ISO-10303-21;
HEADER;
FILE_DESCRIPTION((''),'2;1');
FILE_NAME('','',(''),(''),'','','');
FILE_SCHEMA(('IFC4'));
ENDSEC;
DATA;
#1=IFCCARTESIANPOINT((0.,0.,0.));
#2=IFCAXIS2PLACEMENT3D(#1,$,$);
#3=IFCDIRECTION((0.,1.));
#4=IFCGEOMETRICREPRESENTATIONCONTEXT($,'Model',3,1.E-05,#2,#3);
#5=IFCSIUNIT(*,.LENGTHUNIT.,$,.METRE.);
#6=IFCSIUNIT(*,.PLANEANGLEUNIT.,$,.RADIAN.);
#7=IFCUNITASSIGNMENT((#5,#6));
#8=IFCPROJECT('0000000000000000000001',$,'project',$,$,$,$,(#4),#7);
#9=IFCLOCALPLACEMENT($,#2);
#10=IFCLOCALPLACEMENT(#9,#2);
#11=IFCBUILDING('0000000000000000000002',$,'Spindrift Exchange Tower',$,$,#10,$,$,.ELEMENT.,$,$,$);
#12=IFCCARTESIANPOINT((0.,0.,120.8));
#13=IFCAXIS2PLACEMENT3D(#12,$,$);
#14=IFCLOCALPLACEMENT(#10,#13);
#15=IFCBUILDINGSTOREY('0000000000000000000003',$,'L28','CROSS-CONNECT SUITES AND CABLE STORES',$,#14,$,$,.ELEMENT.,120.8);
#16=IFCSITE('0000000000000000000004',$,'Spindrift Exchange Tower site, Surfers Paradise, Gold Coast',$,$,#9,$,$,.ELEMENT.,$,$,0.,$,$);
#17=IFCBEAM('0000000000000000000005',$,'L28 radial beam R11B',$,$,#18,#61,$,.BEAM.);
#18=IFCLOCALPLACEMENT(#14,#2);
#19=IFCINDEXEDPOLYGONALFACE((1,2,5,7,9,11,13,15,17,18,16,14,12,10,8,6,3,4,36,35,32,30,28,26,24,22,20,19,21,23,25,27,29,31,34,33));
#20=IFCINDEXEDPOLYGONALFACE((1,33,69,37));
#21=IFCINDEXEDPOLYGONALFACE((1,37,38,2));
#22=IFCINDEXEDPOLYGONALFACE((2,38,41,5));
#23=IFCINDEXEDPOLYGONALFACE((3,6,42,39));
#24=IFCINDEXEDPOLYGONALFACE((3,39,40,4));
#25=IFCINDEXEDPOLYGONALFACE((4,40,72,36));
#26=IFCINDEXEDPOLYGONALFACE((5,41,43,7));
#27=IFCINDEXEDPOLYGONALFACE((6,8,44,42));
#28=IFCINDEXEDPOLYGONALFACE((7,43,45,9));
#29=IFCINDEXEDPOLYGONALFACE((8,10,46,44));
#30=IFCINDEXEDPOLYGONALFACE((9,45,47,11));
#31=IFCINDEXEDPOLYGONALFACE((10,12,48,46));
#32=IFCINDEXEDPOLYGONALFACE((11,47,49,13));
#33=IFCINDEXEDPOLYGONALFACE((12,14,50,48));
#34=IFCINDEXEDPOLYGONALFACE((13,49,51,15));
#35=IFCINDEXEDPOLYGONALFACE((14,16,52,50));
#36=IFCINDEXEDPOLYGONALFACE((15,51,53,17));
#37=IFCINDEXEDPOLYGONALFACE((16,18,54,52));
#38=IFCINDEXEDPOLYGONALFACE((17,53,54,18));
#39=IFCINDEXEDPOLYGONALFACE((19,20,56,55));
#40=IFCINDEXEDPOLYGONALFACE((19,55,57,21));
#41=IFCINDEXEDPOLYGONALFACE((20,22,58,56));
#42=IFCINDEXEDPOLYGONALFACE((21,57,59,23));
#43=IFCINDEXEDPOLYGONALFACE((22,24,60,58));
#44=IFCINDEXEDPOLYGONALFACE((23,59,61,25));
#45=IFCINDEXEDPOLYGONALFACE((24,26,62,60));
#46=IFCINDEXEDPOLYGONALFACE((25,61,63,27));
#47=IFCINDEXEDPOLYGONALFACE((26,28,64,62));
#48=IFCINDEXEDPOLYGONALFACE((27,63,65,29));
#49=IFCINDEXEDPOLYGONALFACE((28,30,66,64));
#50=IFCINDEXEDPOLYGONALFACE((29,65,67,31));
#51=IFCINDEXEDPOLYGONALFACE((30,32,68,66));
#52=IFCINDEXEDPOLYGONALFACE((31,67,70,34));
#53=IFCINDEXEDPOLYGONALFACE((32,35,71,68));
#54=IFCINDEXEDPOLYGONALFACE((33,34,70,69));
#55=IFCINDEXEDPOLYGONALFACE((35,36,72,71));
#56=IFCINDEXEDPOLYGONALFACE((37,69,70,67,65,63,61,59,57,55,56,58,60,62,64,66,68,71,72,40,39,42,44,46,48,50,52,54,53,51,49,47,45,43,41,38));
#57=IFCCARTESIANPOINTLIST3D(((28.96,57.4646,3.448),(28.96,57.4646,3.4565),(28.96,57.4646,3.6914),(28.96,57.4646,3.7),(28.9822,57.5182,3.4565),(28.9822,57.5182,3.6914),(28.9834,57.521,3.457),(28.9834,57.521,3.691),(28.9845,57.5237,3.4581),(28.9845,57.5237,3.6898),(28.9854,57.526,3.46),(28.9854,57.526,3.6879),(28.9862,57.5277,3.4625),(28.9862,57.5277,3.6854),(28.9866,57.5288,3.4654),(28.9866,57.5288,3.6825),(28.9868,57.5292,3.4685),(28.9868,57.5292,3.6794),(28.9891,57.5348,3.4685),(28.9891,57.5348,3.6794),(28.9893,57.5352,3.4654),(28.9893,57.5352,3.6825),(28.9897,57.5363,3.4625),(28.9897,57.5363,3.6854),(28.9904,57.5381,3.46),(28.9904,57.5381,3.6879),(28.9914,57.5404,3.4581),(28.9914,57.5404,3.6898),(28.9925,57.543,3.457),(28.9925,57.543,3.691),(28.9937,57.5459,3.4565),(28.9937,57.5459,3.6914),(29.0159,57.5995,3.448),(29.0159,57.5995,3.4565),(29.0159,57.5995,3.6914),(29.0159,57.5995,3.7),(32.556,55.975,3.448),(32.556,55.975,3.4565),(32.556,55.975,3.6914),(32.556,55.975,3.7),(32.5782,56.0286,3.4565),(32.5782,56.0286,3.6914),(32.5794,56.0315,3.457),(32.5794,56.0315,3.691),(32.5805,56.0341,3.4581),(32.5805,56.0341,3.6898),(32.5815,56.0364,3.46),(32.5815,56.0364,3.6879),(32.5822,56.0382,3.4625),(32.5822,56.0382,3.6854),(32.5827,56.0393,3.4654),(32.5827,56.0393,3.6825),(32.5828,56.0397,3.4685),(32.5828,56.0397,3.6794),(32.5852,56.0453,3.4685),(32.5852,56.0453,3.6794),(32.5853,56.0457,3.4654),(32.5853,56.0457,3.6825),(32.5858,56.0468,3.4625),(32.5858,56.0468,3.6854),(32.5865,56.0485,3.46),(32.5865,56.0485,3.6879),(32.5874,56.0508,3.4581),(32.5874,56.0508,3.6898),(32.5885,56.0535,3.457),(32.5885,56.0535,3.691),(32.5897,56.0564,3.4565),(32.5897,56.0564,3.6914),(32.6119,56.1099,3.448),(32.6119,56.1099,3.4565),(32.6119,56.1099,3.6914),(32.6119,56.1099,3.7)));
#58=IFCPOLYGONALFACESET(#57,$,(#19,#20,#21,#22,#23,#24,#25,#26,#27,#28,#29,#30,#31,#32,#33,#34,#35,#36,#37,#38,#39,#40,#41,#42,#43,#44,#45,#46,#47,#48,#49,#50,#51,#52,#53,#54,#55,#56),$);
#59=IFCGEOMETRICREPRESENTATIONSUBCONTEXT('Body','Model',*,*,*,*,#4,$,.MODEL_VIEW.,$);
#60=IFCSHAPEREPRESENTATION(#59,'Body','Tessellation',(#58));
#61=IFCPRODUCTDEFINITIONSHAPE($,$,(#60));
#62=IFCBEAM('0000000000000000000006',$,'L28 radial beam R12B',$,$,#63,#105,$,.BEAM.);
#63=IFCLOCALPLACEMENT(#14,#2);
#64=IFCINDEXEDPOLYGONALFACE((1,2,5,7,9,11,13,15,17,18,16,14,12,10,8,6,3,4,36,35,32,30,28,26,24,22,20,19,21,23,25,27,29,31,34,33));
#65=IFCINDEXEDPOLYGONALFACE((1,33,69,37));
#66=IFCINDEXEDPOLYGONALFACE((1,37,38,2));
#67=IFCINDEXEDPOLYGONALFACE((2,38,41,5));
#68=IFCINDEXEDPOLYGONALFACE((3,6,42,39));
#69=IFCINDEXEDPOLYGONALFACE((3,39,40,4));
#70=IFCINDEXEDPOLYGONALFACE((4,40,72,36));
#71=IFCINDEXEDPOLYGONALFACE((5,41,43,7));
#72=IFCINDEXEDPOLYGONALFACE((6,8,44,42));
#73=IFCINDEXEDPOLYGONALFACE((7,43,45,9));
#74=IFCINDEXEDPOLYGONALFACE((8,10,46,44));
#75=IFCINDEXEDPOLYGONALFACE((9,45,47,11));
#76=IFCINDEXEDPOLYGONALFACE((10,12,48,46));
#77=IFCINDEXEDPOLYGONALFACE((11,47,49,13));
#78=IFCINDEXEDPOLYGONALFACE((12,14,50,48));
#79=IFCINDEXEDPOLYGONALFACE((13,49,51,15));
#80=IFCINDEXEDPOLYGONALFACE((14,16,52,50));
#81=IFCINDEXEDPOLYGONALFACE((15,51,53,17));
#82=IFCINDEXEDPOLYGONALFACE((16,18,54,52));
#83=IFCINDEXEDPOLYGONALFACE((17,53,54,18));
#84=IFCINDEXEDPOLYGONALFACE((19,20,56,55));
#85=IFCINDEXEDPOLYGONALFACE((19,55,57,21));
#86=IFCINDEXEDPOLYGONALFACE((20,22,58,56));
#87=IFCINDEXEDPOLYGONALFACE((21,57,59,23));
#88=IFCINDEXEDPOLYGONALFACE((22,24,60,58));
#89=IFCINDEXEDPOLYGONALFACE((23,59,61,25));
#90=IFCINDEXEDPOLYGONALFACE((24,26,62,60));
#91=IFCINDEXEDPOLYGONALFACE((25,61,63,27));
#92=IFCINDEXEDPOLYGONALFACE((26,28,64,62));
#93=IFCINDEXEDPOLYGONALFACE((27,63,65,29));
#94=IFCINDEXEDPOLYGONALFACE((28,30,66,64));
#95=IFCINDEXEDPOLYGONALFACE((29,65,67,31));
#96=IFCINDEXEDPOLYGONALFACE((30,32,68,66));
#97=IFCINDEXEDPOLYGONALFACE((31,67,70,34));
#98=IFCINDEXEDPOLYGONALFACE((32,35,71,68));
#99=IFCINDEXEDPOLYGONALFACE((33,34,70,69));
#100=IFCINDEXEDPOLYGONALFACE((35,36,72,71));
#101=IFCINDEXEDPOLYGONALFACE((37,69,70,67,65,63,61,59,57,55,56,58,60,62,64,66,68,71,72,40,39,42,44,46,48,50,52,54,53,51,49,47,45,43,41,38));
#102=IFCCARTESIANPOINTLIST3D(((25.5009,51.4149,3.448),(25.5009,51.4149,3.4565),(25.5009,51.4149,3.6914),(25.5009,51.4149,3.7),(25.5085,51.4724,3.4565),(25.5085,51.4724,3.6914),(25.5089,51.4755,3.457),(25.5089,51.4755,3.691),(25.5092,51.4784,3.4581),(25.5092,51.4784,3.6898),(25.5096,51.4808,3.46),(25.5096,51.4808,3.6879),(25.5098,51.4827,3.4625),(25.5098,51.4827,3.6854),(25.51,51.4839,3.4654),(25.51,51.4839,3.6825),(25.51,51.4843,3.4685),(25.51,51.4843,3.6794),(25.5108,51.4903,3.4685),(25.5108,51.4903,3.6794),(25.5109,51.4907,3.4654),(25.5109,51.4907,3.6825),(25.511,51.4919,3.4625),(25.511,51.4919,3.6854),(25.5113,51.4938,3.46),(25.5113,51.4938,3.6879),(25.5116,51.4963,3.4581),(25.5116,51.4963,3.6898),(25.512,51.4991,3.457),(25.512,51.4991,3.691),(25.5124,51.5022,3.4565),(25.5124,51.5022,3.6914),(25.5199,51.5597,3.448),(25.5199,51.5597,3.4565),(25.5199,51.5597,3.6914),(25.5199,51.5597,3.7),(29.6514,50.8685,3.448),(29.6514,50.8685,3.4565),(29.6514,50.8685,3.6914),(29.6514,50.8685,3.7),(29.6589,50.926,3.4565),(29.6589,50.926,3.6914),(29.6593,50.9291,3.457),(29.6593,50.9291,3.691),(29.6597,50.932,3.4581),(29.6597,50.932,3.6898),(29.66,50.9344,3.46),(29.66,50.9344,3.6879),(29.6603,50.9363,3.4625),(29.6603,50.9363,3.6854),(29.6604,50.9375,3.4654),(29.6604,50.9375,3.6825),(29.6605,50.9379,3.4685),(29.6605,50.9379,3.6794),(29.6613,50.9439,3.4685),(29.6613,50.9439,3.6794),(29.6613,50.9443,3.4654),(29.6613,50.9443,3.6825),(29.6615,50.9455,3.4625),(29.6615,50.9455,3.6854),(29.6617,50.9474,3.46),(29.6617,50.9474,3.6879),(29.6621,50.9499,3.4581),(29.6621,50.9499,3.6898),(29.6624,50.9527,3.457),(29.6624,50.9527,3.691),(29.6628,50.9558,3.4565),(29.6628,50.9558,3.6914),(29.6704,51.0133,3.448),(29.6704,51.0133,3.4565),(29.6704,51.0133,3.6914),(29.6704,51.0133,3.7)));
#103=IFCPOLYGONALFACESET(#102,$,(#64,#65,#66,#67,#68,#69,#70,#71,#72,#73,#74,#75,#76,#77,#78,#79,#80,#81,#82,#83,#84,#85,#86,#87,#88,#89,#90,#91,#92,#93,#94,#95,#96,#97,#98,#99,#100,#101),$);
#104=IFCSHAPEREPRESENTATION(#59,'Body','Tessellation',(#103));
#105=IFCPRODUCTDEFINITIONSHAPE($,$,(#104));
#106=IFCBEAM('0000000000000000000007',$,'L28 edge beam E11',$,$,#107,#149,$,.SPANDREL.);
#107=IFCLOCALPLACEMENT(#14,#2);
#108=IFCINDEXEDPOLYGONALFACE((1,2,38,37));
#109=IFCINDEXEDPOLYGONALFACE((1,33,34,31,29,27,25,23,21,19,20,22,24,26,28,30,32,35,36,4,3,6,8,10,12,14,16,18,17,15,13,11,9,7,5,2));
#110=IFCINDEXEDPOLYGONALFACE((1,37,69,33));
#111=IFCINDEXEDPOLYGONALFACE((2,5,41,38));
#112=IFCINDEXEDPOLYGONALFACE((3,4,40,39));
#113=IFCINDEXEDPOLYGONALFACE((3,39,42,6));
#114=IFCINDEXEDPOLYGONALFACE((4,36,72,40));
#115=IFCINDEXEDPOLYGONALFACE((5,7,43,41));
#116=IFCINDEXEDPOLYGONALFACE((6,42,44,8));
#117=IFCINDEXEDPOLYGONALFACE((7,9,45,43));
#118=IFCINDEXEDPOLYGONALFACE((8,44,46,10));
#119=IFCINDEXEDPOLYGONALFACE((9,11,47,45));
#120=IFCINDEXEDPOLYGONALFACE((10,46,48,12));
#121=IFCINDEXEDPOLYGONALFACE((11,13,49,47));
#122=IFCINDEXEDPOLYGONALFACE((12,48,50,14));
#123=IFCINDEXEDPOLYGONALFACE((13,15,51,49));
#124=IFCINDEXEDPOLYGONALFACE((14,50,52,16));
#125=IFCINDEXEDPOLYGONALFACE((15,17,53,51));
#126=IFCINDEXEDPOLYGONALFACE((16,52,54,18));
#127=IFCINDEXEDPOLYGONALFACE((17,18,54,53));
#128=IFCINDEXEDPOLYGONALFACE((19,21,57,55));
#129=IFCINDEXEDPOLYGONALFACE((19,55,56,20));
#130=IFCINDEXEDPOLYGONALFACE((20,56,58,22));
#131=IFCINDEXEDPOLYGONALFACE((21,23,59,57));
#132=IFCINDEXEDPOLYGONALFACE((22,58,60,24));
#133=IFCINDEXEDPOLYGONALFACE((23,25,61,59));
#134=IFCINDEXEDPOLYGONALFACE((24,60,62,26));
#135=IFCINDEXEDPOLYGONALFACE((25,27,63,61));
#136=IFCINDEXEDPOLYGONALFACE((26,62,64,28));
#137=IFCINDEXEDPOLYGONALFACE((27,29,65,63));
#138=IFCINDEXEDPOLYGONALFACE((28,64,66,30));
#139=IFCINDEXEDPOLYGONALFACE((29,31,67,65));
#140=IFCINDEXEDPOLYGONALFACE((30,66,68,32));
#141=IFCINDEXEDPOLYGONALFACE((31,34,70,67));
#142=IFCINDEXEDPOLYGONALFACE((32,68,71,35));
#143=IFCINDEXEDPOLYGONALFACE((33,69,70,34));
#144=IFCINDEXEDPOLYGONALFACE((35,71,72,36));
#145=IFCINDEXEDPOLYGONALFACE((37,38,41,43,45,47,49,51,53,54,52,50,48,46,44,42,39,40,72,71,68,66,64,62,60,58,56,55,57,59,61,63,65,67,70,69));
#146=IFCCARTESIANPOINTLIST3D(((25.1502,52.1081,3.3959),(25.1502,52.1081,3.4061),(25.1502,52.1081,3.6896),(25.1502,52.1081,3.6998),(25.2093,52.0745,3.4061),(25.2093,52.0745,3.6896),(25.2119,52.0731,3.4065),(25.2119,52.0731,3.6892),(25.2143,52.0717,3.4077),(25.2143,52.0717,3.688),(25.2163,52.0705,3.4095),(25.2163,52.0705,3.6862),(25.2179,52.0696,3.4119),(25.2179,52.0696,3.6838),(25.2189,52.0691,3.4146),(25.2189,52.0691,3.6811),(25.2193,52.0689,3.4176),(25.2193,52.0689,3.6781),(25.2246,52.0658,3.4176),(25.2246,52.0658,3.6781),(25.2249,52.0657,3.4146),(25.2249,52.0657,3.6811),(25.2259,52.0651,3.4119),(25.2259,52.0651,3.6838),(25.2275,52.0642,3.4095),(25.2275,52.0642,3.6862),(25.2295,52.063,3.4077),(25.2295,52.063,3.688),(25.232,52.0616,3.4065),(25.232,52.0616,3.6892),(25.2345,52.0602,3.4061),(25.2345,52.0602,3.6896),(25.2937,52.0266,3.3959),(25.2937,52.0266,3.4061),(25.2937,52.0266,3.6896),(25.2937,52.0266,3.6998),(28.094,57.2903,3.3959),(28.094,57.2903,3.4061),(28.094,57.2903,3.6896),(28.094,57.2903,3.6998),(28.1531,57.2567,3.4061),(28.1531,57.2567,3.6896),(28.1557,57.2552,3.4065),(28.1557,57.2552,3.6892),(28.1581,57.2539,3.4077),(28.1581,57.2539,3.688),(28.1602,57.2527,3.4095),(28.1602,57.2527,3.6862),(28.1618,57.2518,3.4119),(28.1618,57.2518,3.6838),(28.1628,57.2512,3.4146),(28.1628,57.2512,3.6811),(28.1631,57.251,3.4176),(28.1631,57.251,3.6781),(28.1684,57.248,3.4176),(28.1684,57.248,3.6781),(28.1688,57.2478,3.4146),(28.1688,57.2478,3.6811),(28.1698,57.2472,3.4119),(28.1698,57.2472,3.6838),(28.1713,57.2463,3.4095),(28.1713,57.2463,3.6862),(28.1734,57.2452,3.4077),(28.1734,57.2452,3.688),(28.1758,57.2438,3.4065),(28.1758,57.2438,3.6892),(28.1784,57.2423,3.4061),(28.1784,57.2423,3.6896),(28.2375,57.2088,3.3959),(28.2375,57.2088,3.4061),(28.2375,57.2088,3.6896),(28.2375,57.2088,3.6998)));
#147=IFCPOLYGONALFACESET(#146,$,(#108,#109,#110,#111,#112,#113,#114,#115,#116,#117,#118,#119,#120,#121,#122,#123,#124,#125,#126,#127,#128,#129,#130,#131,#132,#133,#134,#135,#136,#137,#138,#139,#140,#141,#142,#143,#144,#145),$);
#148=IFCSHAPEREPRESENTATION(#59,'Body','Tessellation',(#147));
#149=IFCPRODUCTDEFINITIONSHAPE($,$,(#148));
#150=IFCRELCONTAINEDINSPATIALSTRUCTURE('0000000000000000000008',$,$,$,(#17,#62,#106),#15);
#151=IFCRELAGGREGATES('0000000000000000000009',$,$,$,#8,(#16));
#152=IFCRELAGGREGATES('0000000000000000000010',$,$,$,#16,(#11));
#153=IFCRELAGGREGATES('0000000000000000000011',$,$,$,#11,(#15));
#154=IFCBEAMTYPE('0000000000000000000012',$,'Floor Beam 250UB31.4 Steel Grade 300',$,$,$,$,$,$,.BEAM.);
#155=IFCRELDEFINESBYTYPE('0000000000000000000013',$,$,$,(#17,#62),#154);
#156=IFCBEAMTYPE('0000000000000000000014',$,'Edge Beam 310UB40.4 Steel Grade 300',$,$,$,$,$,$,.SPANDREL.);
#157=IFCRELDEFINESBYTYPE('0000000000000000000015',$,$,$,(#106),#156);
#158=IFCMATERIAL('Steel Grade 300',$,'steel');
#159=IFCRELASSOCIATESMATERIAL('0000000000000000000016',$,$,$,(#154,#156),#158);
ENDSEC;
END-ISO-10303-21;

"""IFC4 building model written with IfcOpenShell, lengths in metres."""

from ifc_helpers import new_model, si_unit, direction, frame, origin, origin_2d, place, context, subcontext, project, spatial, i_section, extrude, source, transform, mapped, material, material_profile, profile_set, type_object, element, save


model = new_model("IFC4")

# Units and contexts
model_context = context("Model", 3, precision=1e-05, world=origin(), true_north=direction((0.0, 1.0)))
body_context = subcontext(model_context, "Body", "Model", "MODEL_VIEW")
ifc_project = project(units=[si_unit("LENGTHUNIT", "METRE"), si_unit("PLANEANGLEUNIT", "RADIAN")], contexts=[model_context])

# Site, building, storey
site_placement = place(None, origin())
site = spatial("IfcSite", under=ifc_project, at=site_placement, Name="Spindrift Exchange Tower site, Surfers Paradise, Gold Coast", CompositionType="ELEMENT", RefElevation=0.0)
building_placement = place(site_placement, origin())
building = spatial("IfcBuilding", under=site, at=building_placement, Name="Spindrift Exchange Tower", CompositionType="ELEMENT")
storey_placement = place(building_placement, frame((0.0, 0.0, 120.8)))
storey = spatial("IfcBuildingStorey", under=building, at=storey_placement, Name="L28", Description="CROSS-CONNECT SUITES AND CABLE STORES", CompositionType="ELEMENT", Elevation=120.8)

# Beams
ifc_material_1 = material(Name="Steel Grade 300", Category="steel")
ifc_material_profile_1 = material_profile(ifc_material_1, i_section(OverallWidth=0.146, OverallDepth=0.252, WebThickness=0.0061, FlangeThickness=0.0085, FilletRadius=0.012, at=origin_2d()), Name="250UB31.4")
ifc_profile_set_1 = profile_set([ifc_material_profile_1], Name="Steel Grade 300")
beam_type_1 = type_object("IfcBeamType", Name="Floor Beam 250UB31.4 Steel Grade 300", PredefinedType="BEAM", material=ifc_profile_set_1)
shared_shape_1 = source(origin(), body_context, "Body", "SweptSolid", [
    extrude(i_section(OverallWidth=0.146, OverallDepth=0.252, WebThickness=0.0061, FlangeThickness=0.0085, FilletRadius=0.012, at=origin_2d()), origin(), (0.0, 0.0, 1.0), 3.8923),
])
beam_1_placement = place(storey_placement, frame((32.584, 56.0425, 3.574), z_axis=(-0.923878, 0.382686, 0.0), x_axis=(-0.382686, -0.923878, 0.0)))
element("IfcBeam", 1, at=beam_1_placement, inside=storey, type_object=beam_type_1, Name="L28 radial beam R11B", PredefinedType="BEAM", context=body_context, shape_type="MappedRepresentation", body=[
    mapped(shared_shape_1, transform((0.0, 0.0, 0.0), scale=1.0)),
])
shared_shape_2 = source(origin(), body_context, "Body", "SweptSolid", [
    extrude(i_section(OverallWidth=0.146, OverallDepth=0.252, WebThickness=0.0061, FlangeThickness=0.0085, FilletRadius=0.012, at=origin_2d()), origin(), (0.0, 0.0, 1.0), 4.1863),
])
beam_2_placement = place(storey_placement, frame((29.6609, 50.9409, 3.574), z_axis=(-0.991446, 0.130521, 0.0), x_axis=(-0.130521, -0.991446, 0.0)))
element("IfcBeam", 2, at=beam_2_placement, inside=storey, type_object=beam_type_1, Name="L28 radial beam R12B", PredefinedType="BEAM", context=body_context, shape_type="MappedRepresentation", body=[
    mapped(shared_shape_2, transform((0.0, 0.0, 0.0), scale=1.0)),
])
ifc_material_profile_2 = material_profile(ifc_material_1, i_section(OverallWidth=0.165, OverallDepth=0.304, WebThickness=0.0061, FlangeThickness=0.0103, FilletRadius=0.0115, at=origin_2d()), Name="310UB40.4")
ifc_profile_set_2 = profile_set([ifc_material_profile_2], Name="Steel Grade 300")
beam_type_2 = type_object("IfcBeamType", Name="Edge Beam 310UB40.4 Steel Grade 300", PredefinedType="SPANDREL", material=ifc_profile_set_2)
shared_shape_3 = source(origin(), body_context, "Body", "SweptSolid", [
    extrude(i_section(OverallWidth=0.165, OverallDepth=0.304, WebThickness=0.0061, FlangeThickness=0.0103, FilletRadius=0.0115, at=origin_2d()), origin(), (0.0, 0.0, 1.0), 5.96),
])
beam_3_placement = place(storey_placement, frame((28.1658, 57.2495, 3.5479), z_axis=(-0.49394, -0.869496, 0.0), x_axis=(0.869496, -0.49394, 0.0)))
element("IfcBeam", 3, at=beam_3_placement, inside=storey, type_object=beam_type_2, Name="L28 edge beam E11", PredefinedType="SPANDREL", context=body_context, shape_type="MappedRepresentation", body=[
    mapped(shared_shape_3, transform((0.0, 0.0, 0.0), scale=1.0)),
])

save(model, "model.ifc")
